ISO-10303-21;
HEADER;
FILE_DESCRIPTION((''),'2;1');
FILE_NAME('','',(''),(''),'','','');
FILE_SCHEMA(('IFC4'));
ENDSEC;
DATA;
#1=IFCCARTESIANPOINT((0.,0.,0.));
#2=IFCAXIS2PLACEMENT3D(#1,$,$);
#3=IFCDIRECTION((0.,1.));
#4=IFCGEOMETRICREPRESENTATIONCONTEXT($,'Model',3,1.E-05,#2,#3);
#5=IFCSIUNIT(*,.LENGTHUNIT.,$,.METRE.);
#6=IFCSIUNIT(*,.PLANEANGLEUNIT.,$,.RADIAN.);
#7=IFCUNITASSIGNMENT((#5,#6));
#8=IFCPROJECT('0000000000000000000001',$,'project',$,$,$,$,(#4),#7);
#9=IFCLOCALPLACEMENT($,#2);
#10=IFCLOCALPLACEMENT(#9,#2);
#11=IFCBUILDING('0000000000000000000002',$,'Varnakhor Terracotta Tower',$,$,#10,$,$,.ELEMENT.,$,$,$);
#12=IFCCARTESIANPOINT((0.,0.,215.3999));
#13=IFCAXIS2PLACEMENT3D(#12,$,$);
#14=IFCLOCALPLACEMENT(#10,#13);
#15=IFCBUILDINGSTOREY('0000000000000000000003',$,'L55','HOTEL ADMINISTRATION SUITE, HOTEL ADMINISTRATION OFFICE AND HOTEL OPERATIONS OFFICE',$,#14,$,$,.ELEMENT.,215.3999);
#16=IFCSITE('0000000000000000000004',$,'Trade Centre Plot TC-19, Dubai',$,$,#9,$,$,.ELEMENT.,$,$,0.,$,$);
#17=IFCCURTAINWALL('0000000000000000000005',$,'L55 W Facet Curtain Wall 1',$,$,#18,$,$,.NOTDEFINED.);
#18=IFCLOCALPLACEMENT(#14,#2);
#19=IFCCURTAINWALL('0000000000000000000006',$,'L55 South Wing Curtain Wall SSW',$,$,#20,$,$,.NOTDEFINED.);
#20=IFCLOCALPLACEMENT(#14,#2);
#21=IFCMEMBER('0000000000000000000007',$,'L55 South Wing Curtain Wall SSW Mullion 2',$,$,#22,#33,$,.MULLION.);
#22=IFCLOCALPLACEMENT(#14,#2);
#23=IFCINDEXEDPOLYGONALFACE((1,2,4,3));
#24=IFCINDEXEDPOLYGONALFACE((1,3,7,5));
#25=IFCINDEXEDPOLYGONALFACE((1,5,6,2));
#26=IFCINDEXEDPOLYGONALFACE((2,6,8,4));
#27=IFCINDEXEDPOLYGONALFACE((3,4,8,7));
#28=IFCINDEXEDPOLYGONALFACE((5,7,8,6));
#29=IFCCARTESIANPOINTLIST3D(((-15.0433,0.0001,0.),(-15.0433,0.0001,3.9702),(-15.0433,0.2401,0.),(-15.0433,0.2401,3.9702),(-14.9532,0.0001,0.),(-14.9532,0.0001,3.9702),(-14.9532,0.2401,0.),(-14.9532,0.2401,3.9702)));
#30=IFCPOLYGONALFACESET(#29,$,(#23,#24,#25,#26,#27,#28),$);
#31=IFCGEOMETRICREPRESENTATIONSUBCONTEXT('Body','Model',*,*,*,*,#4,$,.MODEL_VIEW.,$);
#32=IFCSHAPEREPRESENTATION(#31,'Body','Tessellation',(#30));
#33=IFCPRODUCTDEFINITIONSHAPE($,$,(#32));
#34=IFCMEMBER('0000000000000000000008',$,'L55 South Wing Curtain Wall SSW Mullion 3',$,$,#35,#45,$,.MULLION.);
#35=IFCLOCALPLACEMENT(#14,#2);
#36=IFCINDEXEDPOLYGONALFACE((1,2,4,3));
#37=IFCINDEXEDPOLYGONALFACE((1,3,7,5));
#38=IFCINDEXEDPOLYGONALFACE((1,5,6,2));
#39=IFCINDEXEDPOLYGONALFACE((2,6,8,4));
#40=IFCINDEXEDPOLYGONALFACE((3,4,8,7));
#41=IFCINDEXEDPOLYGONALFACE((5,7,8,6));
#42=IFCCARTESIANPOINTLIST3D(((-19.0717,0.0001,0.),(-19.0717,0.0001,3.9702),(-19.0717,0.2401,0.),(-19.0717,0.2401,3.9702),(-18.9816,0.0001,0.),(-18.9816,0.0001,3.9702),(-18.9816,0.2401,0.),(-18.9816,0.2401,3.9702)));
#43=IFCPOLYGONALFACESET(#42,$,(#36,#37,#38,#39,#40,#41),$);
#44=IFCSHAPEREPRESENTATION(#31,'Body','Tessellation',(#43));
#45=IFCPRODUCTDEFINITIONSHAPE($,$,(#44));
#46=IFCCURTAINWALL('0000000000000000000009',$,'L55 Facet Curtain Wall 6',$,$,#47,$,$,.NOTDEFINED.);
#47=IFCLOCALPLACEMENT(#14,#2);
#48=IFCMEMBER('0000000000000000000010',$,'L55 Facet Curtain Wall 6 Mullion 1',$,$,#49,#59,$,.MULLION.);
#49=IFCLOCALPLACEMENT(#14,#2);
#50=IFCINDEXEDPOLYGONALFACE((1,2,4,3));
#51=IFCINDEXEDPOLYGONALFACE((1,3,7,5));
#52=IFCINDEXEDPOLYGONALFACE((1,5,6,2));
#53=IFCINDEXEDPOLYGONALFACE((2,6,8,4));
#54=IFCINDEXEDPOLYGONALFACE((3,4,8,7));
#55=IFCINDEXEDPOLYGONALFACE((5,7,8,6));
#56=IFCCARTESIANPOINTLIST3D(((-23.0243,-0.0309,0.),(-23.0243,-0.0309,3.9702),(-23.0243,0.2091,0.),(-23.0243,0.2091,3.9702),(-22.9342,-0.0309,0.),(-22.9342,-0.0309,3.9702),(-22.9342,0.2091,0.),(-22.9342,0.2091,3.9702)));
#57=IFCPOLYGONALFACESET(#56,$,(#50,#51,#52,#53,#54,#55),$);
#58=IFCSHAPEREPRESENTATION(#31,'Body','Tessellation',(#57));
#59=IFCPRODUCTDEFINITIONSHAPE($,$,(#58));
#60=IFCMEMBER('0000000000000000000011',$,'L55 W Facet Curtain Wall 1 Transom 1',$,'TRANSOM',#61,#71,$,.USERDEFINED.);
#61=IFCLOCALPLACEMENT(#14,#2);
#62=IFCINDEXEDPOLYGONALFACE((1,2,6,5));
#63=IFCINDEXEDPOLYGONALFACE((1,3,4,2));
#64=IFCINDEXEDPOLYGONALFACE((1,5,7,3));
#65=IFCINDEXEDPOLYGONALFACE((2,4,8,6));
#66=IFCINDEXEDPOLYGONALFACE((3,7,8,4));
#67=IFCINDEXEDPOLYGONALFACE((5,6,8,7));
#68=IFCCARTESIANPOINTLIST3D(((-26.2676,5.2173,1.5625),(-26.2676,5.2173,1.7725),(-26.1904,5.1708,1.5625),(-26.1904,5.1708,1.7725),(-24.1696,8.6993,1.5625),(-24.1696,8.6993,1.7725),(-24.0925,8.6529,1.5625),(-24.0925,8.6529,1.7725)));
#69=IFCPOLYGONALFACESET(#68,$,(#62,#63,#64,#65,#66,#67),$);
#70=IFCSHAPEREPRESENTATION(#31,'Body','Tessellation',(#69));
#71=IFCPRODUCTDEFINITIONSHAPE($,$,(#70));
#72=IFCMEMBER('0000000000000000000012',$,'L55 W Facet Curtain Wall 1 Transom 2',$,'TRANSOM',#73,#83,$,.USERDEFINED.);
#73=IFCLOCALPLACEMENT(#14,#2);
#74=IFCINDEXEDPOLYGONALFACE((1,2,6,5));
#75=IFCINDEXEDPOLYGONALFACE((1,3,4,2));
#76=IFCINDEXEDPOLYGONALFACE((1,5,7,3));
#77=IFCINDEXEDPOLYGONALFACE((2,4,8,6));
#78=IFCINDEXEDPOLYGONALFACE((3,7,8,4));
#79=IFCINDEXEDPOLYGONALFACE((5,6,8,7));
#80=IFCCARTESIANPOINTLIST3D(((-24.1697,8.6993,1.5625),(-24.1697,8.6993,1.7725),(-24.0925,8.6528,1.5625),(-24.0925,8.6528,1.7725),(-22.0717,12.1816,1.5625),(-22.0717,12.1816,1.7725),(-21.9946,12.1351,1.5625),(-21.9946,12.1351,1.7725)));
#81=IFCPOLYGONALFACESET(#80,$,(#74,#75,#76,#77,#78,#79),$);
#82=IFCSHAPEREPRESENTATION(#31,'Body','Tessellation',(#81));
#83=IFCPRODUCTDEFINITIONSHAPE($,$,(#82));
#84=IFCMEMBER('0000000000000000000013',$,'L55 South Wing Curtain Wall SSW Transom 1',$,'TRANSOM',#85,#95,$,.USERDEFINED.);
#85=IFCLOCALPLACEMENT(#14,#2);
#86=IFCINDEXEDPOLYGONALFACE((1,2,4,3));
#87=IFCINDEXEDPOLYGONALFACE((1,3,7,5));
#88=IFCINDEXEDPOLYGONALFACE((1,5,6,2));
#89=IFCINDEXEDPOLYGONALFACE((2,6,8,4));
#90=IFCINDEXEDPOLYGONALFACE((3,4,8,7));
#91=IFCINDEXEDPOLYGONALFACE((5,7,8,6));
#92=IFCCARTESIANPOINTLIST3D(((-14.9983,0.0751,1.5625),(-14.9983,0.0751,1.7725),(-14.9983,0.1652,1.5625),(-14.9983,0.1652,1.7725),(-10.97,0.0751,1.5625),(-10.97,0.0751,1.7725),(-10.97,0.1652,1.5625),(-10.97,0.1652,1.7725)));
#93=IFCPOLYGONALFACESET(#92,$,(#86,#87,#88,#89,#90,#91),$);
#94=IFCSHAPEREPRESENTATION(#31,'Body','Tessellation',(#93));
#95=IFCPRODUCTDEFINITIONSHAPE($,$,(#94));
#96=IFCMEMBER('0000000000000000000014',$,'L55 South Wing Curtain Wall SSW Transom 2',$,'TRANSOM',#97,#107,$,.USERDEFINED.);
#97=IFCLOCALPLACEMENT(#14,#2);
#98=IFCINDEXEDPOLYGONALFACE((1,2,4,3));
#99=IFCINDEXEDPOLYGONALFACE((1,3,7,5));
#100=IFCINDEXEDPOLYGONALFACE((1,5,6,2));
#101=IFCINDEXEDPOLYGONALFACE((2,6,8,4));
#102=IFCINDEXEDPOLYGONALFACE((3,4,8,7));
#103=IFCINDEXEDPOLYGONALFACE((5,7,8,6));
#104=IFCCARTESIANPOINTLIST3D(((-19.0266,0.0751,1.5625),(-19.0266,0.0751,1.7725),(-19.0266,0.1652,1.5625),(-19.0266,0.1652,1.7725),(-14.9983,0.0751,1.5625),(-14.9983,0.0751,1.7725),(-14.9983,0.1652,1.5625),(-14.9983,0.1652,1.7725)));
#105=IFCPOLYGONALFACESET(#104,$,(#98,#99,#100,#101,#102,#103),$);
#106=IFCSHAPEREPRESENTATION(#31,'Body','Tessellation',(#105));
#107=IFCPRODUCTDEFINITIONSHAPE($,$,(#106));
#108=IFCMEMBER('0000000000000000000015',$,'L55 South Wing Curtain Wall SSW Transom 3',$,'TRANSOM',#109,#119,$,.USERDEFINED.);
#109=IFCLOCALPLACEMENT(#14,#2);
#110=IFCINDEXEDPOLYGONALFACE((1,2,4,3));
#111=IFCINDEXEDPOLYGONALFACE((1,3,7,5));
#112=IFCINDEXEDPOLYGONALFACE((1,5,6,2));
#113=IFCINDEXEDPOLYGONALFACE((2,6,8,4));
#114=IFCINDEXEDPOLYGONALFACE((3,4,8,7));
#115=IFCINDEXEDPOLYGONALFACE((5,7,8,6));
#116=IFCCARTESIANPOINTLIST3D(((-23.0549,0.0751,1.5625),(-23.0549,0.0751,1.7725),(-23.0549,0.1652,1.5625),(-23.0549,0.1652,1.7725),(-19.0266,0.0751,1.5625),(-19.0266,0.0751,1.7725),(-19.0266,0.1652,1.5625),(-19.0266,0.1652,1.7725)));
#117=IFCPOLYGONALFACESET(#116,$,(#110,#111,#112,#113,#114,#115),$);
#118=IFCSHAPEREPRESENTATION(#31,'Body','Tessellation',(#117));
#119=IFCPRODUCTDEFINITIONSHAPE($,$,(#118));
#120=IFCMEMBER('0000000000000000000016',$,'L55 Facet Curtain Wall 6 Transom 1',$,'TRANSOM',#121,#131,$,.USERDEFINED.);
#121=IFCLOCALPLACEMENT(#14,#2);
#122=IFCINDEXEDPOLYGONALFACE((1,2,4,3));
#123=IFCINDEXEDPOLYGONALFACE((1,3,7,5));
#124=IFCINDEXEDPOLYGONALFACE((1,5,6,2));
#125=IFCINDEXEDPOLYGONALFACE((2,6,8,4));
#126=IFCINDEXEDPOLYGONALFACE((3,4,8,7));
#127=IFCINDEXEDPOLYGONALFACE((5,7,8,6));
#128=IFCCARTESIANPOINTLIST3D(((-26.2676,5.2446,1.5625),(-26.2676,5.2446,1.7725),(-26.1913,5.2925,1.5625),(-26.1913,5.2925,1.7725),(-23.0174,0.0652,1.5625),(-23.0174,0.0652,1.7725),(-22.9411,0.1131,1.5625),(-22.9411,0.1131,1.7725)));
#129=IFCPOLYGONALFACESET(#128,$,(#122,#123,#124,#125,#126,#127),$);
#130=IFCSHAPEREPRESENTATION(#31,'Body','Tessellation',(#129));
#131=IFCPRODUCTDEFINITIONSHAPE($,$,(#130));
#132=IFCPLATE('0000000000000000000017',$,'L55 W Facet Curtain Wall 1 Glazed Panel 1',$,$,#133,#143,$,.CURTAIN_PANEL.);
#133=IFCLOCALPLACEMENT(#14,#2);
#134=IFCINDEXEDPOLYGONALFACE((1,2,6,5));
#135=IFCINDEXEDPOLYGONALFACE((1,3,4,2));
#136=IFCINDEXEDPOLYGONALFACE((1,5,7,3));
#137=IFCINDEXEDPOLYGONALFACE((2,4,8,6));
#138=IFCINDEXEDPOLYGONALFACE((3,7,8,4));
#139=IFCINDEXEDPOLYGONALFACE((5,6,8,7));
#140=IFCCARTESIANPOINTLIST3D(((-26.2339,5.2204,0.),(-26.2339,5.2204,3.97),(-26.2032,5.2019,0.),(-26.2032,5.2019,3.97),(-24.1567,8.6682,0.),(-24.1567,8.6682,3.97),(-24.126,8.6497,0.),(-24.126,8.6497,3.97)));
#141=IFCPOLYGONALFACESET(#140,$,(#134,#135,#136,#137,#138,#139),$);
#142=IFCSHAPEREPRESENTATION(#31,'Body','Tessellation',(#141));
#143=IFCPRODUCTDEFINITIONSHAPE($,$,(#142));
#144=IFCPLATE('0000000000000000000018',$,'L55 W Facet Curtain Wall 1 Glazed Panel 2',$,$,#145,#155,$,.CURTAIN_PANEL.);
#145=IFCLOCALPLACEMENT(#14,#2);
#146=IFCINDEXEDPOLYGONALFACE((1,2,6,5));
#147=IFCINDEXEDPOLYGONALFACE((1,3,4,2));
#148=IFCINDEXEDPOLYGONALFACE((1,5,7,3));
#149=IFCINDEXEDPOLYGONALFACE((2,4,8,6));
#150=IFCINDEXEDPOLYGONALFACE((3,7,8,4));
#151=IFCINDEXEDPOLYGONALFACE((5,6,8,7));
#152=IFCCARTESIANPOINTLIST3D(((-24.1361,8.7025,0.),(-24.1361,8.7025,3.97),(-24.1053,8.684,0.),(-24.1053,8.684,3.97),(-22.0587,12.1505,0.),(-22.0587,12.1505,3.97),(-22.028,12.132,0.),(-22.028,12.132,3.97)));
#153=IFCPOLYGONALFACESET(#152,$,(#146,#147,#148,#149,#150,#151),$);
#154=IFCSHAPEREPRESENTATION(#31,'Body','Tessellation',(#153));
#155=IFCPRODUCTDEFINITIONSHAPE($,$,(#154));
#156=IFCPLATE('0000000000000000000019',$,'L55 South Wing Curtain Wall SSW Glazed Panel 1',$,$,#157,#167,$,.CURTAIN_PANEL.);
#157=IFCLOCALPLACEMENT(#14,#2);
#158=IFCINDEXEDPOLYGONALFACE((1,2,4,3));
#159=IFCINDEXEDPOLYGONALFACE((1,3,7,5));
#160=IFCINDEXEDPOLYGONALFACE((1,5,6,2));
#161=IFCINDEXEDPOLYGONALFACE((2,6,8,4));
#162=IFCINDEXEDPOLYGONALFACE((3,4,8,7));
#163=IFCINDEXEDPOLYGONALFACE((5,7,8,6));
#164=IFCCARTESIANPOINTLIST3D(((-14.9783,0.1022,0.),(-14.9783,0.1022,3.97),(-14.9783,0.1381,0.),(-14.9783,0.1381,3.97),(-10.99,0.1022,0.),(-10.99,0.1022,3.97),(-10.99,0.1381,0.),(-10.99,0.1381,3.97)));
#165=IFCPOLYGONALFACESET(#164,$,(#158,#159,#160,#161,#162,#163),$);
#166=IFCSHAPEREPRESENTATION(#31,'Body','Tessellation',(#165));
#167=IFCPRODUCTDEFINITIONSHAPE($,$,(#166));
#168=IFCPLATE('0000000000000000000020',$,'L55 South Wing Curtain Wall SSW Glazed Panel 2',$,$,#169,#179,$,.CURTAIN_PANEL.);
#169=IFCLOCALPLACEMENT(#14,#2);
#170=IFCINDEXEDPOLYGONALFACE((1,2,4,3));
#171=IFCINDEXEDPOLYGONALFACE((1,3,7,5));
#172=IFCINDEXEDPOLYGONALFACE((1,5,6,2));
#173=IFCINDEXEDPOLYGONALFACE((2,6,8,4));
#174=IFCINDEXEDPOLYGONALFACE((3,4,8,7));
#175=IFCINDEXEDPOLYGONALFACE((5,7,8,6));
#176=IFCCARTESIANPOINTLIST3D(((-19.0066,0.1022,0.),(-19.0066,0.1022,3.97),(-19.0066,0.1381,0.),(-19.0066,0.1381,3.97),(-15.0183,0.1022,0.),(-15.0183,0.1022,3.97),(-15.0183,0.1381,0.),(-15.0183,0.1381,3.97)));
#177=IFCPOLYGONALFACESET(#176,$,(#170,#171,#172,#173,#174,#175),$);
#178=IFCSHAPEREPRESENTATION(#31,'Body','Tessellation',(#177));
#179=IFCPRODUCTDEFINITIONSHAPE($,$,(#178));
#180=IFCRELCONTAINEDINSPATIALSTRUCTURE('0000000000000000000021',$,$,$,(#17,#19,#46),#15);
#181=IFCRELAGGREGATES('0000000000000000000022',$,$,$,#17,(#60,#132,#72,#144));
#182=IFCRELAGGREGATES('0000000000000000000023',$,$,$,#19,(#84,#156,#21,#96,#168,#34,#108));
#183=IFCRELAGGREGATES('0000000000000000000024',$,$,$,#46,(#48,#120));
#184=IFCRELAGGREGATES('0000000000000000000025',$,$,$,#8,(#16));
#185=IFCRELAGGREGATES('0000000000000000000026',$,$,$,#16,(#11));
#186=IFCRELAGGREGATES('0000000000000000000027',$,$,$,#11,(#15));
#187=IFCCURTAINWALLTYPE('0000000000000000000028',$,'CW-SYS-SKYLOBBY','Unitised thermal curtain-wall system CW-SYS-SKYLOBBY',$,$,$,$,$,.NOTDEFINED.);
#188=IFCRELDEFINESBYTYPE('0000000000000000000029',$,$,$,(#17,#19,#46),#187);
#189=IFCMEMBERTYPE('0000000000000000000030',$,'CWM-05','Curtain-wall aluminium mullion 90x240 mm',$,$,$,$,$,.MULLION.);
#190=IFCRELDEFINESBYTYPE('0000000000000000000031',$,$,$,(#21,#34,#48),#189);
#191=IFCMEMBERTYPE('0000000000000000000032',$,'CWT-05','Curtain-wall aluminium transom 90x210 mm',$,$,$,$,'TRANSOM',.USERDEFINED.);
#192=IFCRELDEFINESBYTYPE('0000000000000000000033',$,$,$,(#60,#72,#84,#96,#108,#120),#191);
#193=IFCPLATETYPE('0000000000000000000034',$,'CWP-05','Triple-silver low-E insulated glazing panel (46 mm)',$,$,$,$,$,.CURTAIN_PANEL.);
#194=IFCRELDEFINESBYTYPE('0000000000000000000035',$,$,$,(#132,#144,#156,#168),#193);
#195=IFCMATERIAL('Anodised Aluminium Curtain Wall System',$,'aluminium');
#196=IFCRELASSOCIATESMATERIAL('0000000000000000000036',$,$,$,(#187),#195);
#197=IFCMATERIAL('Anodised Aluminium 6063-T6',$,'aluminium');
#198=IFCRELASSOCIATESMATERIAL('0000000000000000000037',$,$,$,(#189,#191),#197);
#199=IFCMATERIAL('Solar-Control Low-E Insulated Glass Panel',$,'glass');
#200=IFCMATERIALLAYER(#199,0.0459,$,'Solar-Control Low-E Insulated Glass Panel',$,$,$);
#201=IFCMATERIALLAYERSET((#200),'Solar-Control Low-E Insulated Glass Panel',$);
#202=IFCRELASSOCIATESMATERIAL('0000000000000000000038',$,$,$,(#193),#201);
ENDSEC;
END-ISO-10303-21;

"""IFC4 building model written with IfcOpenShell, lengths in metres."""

from ifc_helpers import new_model, si_unit, direction, frame, origin, origin_2d, place, context, subcontext, project, spatial, rectangle, extrude, source, transform, mapped, material, layer, layer_set, material_profile, profile_set, type_object, element, aggregate, save


model = new_model("IFC4")

# Units and contexts
model_context = context("Model", 3, precision=1e-05, world=origin(), true_north=direction((0.0, 1.0)))
body_context = subcontext(model_context, "Body", "Model", "MODEL_VIEW")
ifc_project = project(units=[si_unit("LENGTHUNIT", "METRE"), si_unit("PLANEANGLEUNIT", "RADIAN")], contexts=[model_context])

# Site, building, storey
site_placement = place(None, origin())
site = spatial("IfcSite", under=ifc_project, at=site_placement, Name="Trade Centre Plot TC-19, Dubai", CompositionType="ELEMENT", RefElevation=0.0)
building_placement = place(site_placement, origin())
building = spatial("IfcBuilding", under=site, at=building_placement, Name="Varnakhor Terracotta Tower", CompositionType="ELEMENT")
storey_placement = place(building_placement, frame((0.0, 0.0, 215.3999)))
storey = spatial("IfcBuildingStorey", under=building, at=storey_placement, Name="L55", Description="HOTEL ADMINISTRATION SUITE, HOTEL ADMINISTRATION OFFICE AND HOTEL OPERATIONS OFFICE", CompositionType="ELEMENT", Elevation=215.3999)

# Curtain walls, members
ifc_material_1 = material(Name="Anodised Aluminium Curtain Wall System", Category="aluminium")
curtain_wall_type = type_object("IfcCurtainWallType", Name="CW-SYS-SKYLOBBY", Description="Unitised thermal curtain-wall system CW-SYS-SKYLOBBY", PredefinedType="NOTDEFINED", material=ifc_material_1)
curtain_wall_1_placement = place(storey_placement, origin())
curtain_wall_1 = element("IfcCurtainWall", 1, at=curtain_wall_1_placement, inside=storey, type_object=curtain_wall_type, Name="L55 W Facet Curtain Wall 1", PredefinedType="NOTDEFINED")
ifc_material_2 = material(Name="Anodised Aluminium 6063-T6", Category="aluminium")
ifc_material_profile_1 = material_profile(ifc_material_2, rectangle(XDim=0.0901, YDim=0.24, at=origin_2d()), Name="ALU MULLION 90x240")
ifc_profile_set_1 = profile_set([ifc_material_profile_1], Name="Anodised Aluminium 6063-T6")
member_type_1 = type_object("IfcMemberType", Name="CWM-05", Description="Curtain-wall aluminium mullion 90x240 mm", PredefinedType="MULLION", material=ifc_profile_set_1)
shared_shape_1 = source(origin(), body_context, "Body", "SweptSolid", [
    extrude(rectangle(XDim=0.0901, YDim=0.24, at=origin_2d()), origin(), (0.0, 0.0, 1.0), 3.9702),
])
curtain_wall_2_placement = place(storey_placement, origin())
curtain_wall_2 = element("IfcCurtainWall", 2, at=curtain_wall_2_placement, inside=storey, type_object=curtain_wall_type, Name="L55 South Wing Curtain Wall SSW", PredefinedType="NOTDEFINED")
member_1_placement = place(storey_placement, frame((-14.9983, 0.1201, 0.0), z_axis=(0.0, 0.0, 1.0), x_axis=(1.0, 0.0, 0.0)))
member_1 = element("IfcMember", 3, at=member_1_placement, type_object=member_type_1, Name="L55 South Wing Curtain Wall SSW Mullion 2", PredefinedType="MULLION", context=body_context, shape_type="MappedRepresentation", body=[
    mapped(shared_shape_1, transform((0.0, 0.0, 0.0), scale=1.0)),
])
member_2_placement = place(storey_placement, frame((-19.0266, 0.1201, 0.0), z_axis=(0.0, 0.0, 1.0), x_axis=(1.0, 0.0, 0.0)))
member_2 = element("IfcMember", 4, at=member_2_placement, type_object=member_type_1, Name="L55 South Wing Curtain Wall SSW Mullion 3", PredefinedType="MULLION", context=body_context, shape_type="MappedRepresentation", body=[
    mapped(shared_shape_1, transform((0.0, 0.0, 0.0), scale=1.0)),
])

# Curtain wall, member
curtain_wall_3_placement = place(storey_placement, origin())
curtain_wall_3 = element("IfcCurtainWall", 5, at=curtain_wall_3_placement, inside=storey, type_object=curtain_wall_type, Name="L55 Facet Curtain Wall 6", PredefinedType="NOTDEFINED")
member_3_placement = place(storey_placement, frame((-22.9792, 0.0891, 0.0), z_axis=(0.0, 0.0, 1.0), x_axis=(1.0, 0.0, 0.0)))
member_3 = element("IfcMember", 6, at=member_3_placement, type_object=member_type_1, Name="L55 Facet Curtain Wall 6 Mullion 1", PredefinedType="MULLION", context=body_context, shape_type="MappedRepresentation", body=[
    mapped(shared_shape_1, transform((0.0, 0.0, 0.0), scale=1.0)),
])

# Members
ifc_material_profile_2 = material_profile(ifc_material_2, rectangle(XDim=0.0901, YDim=0.21, at=origin_2d()), Name="ALU TRANSOM 90x210")
ifc_profile_set_2 = profile_set([ifc_material_profile_2], Name="Anodised Aluminium 6063-T6")
member_type_2 = type_object("IfcMemberType", Name="CWT-05", Description="Curtain-wall aluminium transom 90x210 mm", ElementType="TRANSOM", PredefinedType="USERDEFINED", material=ifc_profile_set_2)
shared_shape_2 = source(origin(), body_context, "Body", "SweptSolid", [
    extrude(rectangle(XDim=0.0901, YDim=0.21, at=origin_2d()), origin(), (0.0, 0.0, 1.0), 4.0652),
])
member_4_placement = place(storey_placement, frame((-26.229, 5.1941, 1.6675), z_axis=(0.516076, 0.856543, 0.0), x_axis=(-0.856543, 0.516076, 0.0)))
member_4 = element("IfcMember", 7, at=member_4_placement, type_object=member_type_2, Name="L55 W Facet Curtain Wall 1 Transom 1", ObjectType="TRANSOM", PredefinedType="USERDEFINED", context=body_context, shape_type="MappedRepresentation", body=[
    mapped(shared_shape_2, transform((0.0, 0.0, 0.0), scale=1.0)),
])
shared_shape_3 = source(origin(), body_context, "Body", "SweptSolid", [
    extrude(rectangle(XDim=0.0901, YDim=0.21, at=origin_2d()), origin(), (0.0, 0.0, 1.0), 4.0654),
])
member_5_placement = place(storey_placement, frame((-24.1311, 8.676, 1.6675), z_axis=(0.516049, 0.856559, 0.0), x_axis=(-0.856559, 0.516049, 0.0)))
member_5 = element("IfcMember", 8, at=member_5_placement, type_object=member_type_2, Name="L55 W Facet Curtain Wall 1 Transom 2", ObjectType="TRANSOM", PredefinedType="USERDEFINED", context=body_context, shape_type="MappedRepresentation", body=[
    mapped(shared_shape_3, transform((0.0, 0.0, 0.0), scale=1.0)),
])
shared_shape_4 = source(origin(), body_context, "Body", "SweptSolid", [
    extrude(rectangle(XDim=0.0901, YDim=0.21, at=origin_2d()), origin(), (0.0, 0.0, 1.0), 4.0283),
])
member_6_placement = place(storey_placement, frame((-10.97, 0.1201, 1.6675), z_axis=(-1.0, 0.0, 0.0), x_axis=(0.0, -1.0, 0.0)))
member_6 = element("IfcMember", 9, at=member_6_placement, type_object=member_type_2, Name="L55 South Wing Curtain Wall SSW Transom 1", ObjectType="TRANSOM", PredefinedType="USERDEFINED", context=body_context, shape_type="MappedRepresentation", body=[
    mapped(shared_shape_4, transform((0.0, 0.0, 0.0), scale=1.0)),
])
member_7_placement = place(storey_placement, frame((-14.9983, 0.1201, 1.6675), z_axis=(-1.0, 0.0, 0.0), x_axis=(0.0, -1.0, 0.0)))
member_7 = element("IfcMember", 10, at=member_7_placement, type_object=member_type_2, Name="L55 South Wing Curtain Wall SSW Transom 2", ObjectType="TRANSOM", PredefinedType="USERDEFINED", context=body_context, shape_type="MappedRepresentation", body=[
    mapped(shared_shape_4, transform((0.0, 0.0, 0.0), scale=1.0)),
])
member_8_placement = place(storey_placement, frame((-19.0266, 0.1201, 1.6675), z_axis=(-1.0, 0.0, 0.0), x_axis=(0.0, -1.0, 0.0)))
member_8 = element("IfcMember", 11, at=member_8_placement, type_object=member_type_2, Name="L55 South Wing Curtain Wall SSW Transom 3", ObjectType="TRANSOM", PredefinedType="USERDEFINED", context=body_context, shape_type="MappedRepresentation", body=[
    mapped(shared_shape_4, transform((0.0, 0.0, 0.0), scale=1.0)),
])
shared_shape_5 = source(origin(), body_context, "Body", "SweptSolid", [
    extrude(rectangle(XDim=0.0901, YDim=0.21, at=origin_2d()), origin(), (0.0, 0.0, 1.0), 6.1147),
])
member_9_placement = place(storey_placement, frame((-22.9792, 0.0891, 1.6675), z_axis=(-0.531538, 0.847035, 0.0), x_axis=(-0.847035, -0.531538, 0.0)))
member_9 = element("IfcMember", 12, at=member_9_placement, type_object=member_type_2, Name="L55 Facet Curtain Wall 6 Transom 1", ObjectType="TRANSOM", PredefinedType="USERDEFINED", context=body_context, shape_type="MappedRepresentation", body=[
    mapped(shared_shape_5, transform((0.0, 0.0, 0.0), scale=1.0)),
])

# Plates
ifc_material_3 = material(Name="Solar-Control Low-E Insulated Glass Panel", Category="glass")
ifc_layer = layer(ifc_material_3, 0.0459, Name="Solar-Control Low-E Insulated Glass Panel")
ifc_layer_set = layer_set([ifc_layer], Name="Solar-Control Low-E Insulated Glass Panel")
plate_type = type_object("IfcPlateType", Name="CWP-05", Description="Triple-silver low-E insulated glazing panel (46 mm)", PredefinedType="CURTAIN_PANEL", material=ifc_layer_set)
shared_shape_6 = source(origin(), body_context, "Body", "SweptSolid", [
    extrude(rectangle(XDim=4.0251, YDim=0.0359, at=origin_2d()), origin(), (0.0, 0.0, 1.0), 3.97),
])
plate_1_placement = place(storey_placement, frame((-25.1799, 6.9351, 0.0), z_axis=(0.0, 0.0, 1.0), x_axis=(0.516055, 0.856555, 0.0)))
plate_1 = element("IfcPlate", 13, at=plate_1_placement, type_object=plate_type, Name="L55 W Facet Curtain Wall 1 Glazed Panel 1", PredefinedType="CURTAIN_PANEL", context=body_context, shape_type="MappedRepresentation", body=[
    mapped(shared_shape_6, transform((0.0, 0.0, 0.0), scale=1.0)),
])
shared_shape_7 = source(origin(), body_context, "Body", "SweptSolid", [
    extrude(rectangle(XDim=4.0254, YDim=0.0359, at=origin_2d()), origin(), (0.0, 0.0, 1.0), 3.97),
])
plate_2_placement = place(storey_placement, frame((-23.082, 10.4172, 0.0), z_axis=(0.0, 0.0, 1.0), x_axis=(0.516055, 0.856555, 0.0)))
plate_2 = element("IfcPlate", 14, at=plate_2_placement, type_object=plate_type, Name="L55 W Facet Curtain Wall 1 Glazed Panel 2", PredefinedType="CURTAIN_PANEL", context=body_context, shape_type="MappedRepresentation", body=[
    mapped(shared_shape_7, transform((0.0, 0.0, 0.0), scale=1.0)),
])
aggregate(curtain_wall_1, [member_4, plate_1, member_5, plate_2])
shared_shape_8 = source(origin(), body_context, "Body", "SweptSolid", [
    extrude(rectangle(XDim=3.9883, YDim=0.0359, at=origin_2d()), origin(), (0.0, 0.0, 1.0), 3.97),
])
plate_3_placement = place(storey_placement, frame((-12.9841, 0.1201, 0.0), z_axis=(0.0, 0.0, 1.0), x_axis=(-1.0, 0.0, 0.0)))
plate_3 = element("IfcPlate", 15, at=plate_3_placement, type_object=plate_type, Name="L55 South Wing Curtain Wall SSW Glazed Panel 1", PredefinedType="CURTAIN_PANEL", context=body_context, shape_type="MappedRepresentation", body=[
    mapped(shared_shape_8, transform((0.0, 0.0, 0.0), scale=1.0)),
])
plate_4_placement = place(storey_placement, frame((-17.0125, 0.1201, 0.0), z_axis=(0.0, 0.0, 1.0), x_axis=(-1.0, 0.0, 0.0)))
plate_4 = element("IfcPlate", 16, at=plate_4_placement, type_object=plate_type, Name="L55 South Wing Curtain Wall SSW Glazed Panel 2", PredefinedType="CURTAIN_PANEL", context=body_context, shape_type="MappedRepresentation", body=[
    mapped(shared_shape_8, transform((0.0, 0.0, 0.0), scale=1.0)),
])
aggregate(curtain_wall_2, [member_6, plate_3, member_1, member_7, plate_4, member_2, member_8])
aggregate(curtain_wall_3, [member_3, member_9])

save(model, "model.ifc")
